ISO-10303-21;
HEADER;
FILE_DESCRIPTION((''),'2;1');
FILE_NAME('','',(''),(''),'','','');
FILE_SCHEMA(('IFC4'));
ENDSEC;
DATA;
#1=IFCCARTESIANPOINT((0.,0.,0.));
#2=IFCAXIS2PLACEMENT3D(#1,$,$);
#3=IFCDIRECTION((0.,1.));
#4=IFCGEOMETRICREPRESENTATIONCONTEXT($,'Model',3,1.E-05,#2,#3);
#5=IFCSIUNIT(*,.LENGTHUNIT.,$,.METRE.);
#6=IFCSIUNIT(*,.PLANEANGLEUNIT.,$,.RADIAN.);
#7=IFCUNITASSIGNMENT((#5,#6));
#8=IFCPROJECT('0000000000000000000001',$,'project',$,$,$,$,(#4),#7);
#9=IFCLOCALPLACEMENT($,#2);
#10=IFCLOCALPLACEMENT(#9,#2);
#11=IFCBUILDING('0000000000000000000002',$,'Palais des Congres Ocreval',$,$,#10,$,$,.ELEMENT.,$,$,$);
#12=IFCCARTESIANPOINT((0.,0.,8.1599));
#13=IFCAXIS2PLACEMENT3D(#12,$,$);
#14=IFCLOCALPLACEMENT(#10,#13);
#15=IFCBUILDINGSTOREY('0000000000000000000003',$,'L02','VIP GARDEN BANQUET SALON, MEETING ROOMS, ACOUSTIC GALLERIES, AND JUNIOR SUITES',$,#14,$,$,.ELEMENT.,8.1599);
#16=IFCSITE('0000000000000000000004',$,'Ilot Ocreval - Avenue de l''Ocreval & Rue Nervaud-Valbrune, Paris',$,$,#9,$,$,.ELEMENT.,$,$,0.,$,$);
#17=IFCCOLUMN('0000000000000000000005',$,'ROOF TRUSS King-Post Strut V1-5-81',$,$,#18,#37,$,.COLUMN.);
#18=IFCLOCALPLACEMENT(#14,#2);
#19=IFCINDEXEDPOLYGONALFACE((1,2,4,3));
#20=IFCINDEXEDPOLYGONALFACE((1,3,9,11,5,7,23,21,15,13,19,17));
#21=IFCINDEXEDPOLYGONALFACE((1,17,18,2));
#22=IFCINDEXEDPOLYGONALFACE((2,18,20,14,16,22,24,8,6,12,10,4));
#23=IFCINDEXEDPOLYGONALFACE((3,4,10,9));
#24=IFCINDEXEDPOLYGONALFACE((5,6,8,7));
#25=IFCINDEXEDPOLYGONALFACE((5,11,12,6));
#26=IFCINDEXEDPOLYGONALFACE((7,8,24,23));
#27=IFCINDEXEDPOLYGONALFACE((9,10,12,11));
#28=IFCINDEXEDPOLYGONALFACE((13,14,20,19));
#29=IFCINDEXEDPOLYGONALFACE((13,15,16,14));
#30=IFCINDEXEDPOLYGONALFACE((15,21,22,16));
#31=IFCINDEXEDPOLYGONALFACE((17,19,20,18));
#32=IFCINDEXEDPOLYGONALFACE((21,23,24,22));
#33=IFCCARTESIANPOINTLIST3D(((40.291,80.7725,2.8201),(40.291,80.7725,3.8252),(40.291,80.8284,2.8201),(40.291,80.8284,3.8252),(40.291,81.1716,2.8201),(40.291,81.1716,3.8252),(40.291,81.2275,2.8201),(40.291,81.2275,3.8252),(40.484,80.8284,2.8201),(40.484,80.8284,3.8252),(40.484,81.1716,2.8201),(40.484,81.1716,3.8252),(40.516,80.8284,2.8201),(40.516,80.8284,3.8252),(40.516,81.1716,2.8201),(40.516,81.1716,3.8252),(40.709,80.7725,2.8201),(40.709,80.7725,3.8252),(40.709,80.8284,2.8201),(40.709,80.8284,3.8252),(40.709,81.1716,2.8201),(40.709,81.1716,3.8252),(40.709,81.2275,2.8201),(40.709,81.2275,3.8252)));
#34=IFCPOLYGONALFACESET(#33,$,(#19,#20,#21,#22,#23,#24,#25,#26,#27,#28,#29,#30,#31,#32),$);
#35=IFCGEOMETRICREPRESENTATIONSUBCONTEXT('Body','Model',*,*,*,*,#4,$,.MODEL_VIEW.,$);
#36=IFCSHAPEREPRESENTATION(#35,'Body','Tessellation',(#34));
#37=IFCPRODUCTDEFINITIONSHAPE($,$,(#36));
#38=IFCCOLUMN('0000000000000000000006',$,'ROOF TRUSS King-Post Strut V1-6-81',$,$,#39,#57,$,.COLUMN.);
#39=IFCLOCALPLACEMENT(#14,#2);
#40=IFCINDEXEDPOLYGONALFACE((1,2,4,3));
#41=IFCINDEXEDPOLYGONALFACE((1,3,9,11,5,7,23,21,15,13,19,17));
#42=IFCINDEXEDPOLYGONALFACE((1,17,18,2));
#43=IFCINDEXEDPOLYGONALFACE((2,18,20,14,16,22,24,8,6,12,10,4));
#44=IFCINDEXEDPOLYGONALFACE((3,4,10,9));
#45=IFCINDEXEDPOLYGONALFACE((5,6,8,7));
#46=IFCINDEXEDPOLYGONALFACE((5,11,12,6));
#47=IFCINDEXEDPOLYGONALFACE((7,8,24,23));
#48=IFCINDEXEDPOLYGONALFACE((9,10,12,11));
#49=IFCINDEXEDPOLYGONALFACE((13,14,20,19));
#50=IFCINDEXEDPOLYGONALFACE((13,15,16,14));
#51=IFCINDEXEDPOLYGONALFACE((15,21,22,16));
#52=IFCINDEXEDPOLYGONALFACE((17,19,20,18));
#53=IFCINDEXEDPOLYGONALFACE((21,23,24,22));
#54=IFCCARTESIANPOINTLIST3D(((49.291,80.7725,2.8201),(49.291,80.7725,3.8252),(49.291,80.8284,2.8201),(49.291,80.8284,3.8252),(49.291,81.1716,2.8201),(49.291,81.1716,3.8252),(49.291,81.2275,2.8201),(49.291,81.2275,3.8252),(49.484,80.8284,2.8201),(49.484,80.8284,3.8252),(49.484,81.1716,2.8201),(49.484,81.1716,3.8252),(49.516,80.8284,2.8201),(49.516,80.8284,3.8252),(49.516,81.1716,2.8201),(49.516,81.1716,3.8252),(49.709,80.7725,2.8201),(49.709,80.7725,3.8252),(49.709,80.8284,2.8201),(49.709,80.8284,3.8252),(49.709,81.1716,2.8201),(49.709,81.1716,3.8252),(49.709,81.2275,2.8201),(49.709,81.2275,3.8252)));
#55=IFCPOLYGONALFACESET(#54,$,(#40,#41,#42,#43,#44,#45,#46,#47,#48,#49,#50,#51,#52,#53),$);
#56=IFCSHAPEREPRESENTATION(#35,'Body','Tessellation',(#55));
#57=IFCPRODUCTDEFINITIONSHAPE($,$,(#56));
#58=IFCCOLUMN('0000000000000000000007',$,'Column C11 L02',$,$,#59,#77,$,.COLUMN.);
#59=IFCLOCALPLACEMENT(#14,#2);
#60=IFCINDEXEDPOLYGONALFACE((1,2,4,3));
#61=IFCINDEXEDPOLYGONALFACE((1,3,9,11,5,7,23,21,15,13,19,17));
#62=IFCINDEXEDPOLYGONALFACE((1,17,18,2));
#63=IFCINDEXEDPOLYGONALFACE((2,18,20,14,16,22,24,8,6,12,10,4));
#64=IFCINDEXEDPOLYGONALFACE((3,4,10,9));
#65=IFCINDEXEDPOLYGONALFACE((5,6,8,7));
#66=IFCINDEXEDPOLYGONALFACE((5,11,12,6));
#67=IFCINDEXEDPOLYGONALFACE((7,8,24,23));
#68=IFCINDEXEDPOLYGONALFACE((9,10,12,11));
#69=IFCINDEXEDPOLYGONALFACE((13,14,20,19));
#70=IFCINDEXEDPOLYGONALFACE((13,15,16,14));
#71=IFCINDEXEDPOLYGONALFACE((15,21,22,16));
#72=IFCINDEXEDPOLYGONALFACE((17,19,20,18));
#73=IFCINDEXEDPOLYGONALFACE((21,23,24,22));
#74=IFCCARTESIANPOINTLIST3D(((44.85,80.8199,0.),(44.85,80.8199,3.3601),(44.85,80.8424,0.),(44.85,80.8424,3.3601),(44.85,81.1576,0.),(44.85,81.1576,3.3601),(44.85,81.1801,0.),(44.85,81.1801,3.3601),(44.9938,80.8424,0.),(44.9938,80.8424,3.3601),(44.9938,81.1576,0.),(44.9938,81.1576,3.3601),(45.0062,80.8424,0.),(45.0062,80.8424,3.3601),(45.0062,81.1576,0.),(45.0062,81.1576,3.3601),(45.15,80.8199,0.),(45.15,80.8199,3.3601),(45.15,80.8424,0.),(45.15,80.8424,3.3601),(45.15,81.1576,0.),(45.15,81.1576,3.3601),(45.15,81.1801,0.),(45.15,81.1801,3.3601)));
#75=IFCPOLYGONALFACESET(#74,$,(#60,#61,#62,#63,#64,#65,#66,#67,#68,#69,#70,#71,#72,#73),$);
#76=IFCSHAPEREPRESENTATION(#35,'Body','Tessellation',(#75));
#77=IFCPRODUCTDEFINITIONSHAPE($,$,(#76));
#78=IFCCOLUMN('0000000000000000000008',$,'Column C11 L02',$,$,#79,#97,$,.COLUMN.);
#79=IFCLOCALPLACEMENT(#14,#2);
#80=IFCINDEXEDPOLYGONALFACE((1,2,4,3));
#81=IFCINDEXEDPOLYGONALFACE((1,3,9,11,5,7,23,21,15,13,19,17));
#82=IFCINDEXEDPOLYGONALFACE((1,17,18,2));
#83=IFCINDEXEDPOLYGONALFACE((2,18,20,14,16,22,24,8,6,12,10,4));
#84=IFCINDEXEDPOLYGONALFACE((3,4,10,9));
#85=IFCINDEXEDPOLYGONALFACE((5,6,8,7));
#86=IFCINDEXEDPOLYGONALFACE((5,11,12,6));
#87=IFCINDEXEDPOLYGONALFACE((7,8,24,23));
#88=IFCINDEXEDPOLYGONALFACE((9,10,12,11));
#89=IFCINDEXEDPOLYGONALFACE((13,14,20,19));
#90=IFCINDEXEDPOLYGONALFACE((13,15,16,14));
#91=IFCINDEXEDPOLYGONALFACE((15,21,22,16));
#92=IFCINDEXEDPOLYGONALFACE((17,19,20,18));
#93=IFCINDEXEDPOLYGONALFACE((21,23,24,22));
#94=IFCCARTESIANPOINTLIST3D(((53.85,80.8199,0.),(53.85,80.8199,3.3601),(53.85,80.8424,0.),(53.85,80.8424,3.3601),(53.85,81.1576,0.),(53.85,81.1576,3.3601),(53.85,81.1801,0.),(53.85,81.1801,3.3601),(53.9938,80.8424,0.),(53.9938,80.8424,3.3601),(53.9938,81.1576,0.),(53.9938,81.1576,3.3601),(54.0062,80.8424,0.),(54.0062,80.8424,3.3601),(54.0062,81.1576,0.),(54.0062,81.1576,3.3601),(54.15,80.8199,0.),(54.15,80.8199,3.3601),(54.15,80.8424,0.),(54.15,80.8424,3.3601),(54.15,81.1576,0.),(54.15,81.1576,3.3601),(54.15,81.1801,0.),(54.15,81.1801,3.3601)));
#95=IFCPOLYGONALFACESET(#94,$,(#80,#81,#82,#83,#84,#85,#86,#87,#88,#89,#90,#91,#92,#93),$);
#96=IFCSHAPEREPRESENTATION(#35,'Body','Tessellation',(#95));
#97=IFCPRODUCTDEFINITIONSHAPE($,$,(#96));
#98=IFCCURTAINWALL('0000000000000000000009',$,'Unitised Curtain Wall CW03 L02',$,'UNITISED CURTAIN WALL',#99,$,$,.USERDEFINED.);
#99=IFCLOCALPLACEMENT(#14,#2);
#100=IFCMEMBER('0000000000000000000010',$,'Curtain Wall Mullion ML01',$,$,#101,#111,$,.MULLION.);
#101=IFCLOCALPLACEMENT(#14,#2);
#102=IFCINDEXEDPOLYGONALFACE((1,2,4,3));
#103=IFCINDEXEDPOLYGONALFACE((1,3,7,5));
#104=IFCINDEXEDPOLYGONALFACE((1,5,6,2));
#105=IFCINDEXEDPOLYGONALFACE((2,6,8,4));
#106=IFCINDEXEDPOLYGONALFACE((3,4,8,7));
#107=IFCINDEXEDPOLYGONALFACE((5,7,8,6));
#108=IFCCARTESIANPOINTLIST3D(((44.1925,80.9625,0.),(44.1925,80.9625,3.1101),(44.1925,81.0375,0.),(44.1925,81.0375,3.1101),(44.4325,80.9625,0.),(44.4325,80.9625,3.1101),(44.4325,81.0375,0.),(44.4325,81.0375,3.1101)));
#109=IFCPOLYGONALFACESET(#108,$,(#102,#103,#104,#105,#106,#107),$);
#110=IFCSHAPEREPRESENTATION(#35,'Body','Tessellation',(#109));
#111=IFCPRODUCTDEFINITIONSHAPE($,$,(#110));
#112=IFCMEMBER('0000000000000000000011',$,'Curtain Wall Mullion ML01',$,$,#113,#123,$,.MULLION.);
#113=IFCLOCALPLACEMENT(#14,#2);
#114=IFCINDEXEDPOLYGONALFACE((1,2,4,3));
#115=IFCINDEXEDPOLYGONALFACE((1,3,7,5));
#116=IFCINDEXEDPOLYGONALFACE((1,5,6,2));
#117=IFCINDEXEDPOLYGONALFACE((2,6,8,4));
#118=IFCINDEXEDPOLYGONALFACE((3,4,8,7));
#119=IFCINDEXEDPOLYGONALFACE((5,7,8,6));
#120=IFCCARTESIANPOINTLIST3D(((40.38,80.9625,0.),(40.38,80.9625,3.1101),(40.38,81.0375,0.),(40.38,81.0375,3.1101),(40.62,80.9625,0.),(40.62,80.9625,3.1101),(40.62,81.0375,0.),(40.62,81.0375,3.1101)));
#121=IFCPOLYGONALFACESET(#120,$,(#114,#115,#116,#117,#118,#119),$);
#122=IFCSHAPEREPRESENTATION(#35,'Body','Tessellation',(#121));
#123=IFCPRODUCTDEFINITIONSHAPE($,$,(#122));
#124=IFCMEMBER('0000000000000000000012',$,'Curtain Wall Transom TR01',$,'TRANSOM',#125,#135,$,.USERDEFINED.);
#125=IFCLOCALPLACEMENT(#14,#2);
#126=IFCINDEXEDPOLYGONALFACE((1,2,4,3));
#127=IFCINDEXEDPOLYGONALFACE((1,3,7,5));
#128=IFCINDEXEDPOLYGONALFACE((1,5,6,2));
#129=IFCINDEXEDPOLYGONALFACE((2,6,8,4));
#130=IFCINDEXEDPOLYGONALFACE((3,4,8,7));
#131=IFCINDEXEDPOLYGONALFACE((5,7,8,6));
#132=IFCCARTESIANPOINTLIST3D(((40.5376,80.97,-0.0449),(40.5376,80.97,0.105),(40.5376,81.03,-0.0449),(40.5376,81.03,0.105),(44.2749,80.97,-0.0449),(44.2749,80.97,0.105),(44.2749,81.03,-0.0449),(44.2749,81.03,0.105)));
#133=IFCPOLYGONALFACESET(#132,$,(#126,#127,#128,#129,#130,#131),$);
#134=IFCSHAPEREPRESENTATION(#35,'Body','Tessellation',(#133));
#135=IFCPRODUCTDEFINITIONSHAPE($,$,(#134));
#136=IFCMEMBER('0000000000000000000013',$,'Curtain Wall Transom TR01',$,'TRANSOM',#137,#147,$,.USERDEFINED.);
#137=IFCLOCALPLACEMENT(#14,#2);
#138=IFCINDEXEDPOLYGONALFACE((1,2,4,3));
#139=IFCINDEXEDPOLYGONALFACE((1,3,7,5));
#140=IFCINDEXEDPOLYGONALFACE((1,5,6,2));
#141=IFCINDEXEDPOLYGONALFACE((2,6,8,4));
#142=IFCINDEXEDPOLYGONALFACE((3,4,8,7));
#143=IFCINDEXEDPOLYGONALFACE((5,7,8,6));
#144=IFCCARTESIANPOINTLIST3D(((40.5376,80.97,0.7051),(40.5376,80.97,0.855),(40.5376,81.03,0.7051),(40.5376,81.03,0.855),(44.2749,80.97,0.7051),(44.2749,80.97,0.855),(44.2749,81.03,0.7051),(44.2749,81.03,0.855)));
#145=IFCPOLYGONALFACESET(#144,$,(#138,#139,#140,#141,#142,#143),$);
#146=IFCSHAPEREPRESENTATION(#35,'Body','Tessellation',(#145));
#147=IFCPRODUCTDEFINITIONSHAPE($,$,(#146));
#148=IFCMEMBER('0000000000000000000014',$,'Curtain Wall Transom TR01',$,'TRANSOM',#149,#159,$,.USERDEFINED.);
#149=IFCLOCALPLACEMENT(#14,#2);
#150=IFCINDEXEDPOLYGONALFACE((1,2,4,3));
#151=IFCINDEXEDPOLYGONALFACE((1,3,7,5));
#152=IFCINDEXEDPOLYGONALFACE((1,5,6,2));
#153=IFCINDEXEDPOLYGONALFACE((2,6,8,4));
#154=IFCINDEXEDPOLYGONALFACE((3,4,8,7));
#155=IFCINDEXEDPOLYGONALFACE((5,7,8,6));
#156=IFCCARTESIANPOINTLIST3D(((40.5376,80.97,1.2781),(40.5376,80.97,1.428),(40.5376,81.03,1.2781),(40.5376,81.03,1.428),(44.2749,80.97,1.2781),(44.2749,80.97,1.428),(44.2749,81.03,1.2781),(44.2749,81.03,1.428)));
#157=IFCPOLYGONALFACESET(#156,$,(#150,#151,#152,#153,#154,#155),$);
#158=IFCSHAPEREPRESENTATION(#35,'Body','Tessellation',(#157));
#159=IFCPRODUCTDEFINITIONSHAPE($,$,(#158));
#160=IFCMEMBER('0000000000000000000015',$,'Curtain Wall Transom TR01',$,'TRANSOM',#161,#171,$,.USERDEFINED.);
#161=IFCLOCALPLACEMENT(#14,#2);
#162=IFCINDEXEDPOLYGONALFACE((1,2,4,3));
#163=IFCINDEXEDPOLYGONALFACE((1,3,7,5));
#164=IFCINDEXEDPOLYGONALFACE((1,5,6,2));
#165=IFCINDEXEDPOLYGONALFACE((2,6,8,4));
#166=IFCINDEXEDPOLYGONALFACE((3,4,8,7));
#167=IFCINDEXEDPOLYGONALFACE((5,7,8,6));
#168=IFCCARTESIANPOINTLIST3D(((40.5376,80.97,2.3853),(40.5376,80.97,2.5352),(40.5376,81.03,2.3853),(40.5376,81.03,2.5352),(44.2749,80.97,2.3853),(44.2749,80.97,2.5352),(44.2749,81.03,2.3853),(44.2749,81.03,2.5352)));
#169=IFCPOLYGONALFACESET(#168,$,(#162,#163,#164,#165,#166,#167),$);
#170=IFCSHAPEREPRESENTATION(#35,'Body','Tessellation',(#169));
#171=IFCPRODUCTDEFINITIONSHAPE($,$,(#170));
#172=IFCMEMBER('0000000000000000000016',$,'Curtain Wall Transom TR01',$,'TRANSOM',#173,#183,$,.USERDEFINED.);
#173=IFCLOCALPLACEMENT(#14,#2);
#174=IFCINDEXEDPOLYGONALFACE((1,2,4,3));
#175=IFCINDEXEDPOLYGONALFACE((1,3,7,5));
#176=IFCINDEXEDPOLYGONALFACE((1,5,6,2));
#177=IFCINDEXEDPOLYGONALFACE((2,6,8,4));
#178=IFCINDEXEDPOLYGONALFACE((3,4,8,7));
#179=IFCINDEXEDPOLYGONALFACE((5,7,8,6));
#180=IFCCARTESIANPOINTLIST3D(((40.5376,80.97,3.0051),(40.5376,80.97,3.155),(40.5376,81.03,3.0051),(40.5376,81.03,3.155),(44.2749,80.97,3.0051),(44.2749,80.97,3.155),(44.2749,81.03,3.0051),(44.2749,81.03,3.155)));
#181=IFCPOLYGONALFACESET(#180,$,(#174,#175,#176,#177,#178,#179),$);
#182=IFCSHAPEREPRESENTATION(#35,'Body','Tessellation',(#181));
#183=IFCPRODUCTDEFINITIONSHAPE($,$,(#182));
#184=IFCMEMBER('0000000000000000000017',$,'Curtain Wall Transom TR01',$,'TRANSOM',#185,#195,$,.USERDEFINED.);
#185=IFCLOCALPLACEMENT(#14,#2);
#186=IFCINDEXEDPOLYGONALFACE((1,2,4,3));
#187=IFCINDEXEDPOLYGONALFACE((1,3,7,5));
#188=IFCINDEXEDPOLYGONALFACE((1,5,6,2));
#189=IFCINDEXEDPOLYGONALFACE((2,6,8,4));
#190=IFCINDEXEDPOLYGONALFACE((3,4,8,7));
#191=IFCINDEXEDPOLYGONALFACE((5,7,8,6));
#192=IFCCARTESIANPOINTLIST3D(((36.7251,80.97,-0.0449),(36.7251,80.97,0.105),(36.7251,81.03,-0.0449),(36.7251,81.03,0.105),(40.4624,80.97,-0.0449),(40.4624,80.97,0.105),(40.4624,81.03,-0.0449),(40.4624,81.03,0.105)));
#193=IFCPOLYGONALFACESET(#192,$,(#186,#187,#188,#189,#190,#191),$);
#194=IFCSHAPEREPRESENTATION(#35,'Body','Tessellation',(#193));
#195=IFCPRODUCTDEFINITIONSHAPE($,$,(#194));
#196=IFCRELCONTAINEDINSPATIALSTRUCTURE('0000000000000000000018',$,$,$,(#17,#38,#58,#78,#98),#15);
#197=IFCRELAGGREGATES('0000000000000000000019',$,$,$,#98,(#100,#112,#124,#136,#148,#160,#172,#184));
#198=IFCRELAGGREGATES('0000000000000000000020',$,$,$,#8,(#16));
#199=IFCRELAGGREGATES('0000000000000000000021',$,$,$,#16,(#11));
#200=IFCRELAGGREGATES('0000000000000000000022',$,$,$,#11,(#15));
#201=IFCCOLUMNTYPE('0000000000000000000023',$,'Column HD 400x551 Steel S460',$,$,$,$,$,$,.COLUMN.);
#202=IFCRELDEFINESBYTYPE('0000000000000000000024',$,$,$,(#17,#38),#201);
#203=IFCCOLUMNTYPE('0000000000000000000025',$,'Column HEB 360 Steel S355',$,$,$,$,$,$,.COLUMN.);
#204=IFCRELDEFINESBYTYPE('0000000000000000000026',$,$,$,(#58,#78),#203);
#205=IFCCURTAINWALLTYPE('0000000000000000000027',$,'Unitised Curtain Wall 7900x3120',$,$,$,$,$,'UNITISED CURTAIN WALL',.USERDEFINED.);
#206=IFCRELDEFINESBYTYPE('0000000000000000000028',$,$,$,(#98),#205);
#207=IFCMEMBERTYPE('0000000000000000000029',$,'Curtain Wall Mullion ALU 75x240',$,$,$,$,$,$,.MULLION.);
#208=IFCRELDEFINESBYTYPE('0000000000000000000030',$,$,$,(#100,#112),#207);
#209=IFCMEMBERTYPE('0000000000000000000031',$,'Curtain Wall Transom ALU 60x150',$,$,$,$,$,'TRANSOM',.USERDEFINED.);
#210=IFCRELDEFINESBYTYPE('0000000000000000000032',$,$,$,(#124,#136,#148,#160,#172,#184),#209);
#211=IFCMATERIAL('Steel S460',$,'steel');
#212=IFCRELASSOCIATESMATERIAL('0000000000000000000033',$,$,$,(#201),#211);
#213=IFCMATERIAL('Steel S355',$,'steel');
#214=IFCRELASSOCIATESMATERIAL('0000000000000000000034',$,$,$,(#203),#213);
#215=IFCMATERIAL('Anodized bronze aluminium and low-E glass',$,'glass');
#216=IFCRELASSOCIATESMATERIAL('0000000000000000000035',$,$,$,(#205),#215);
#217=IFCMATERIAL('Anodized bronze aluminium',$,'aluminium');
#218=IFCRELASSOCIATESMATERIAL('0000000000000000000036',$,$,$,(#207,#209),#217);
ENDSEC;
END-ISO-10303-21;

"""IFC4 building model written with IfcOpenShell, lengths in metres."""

from ifc_helpers import new_model, si_unit, direction, frame, origin, origin_2d, place, context, subcontext, project, spatial, rectangle, i_section, extrude, material, material_profile, profile_set, type_object, element, aggregate, save


model = new_model("IFC4")

# Units and contexts
model_context = context("Model", 3, precision=1e-05, world=origin(), true_north=direction((0.0, 1.0)))
body_context = subcontext(model_context, "Body", "Model", "MODEL_VIEW")
ifc_project = project(units=[si_unit("LENGTHUNIT", "METRE"), si_unit("PLANEANGLEUNIT", "RADIAN")], contexts=[model_context])

# Site, building, storey
site_placement = place(None, origin())
site = spatial("IfcSite", under=ifc_project, at=site_placement, Name="Ilot Ocreval - Avenue de l'Ocreval & Rue Nervaud-Valbrune, Paris", CompositionType="ELEMENT", RefElevation=0.0)
building_placement = place(site_placement, origin())
building = spatial("IfcBuilding", under=site, at=building_placement, Name="Palais des Congres Ocreval", CompositionType="ELEMENT")
storey_placement = place(building_placement, frame((0.0, 0.0, 8.1599)))
storey = spatial("IfcBuildingStorey", under=building, at=storey_placement, Name="L02", Description="VIP GARDEN BANQUET SALON, MEETING ROOMS, ACOUSTIC GALLERIES, AND JUNIOR SUITES", CompositionType="ELEMENT", Elevation=8.1599)

# Columns
ifc_material_1 = material(Name="Steel S460", Category="steel")
ifc_material_profile_1 = material_profile(ifc_material_1, i_section(OverallWidth=0.418, OverallDepth=0.4551, WebThickness=0.032, FlangeThickness=0.0559, at=origin_2d()), Name="HD 400x551")
ifc_profile_set_1 = profile_set([ifc_material_profile_1], Name="Steel S460")
column_type_1 = type_object("IfcColumnType", Name="Column HD 400x551 Steel S460", PredefinedType="COLUMN", material=ifc_profile_set_1)
for number, where, z_axis, x_axis, name in (
    (1, (40.5, 81.0, 2.8201), (0.0, 0.0, 1.0), (1.0, 0.0, 0.0), "ROOF TRUSS King-Post Strut V1-5-81"),
    (2, (49.5, 81.0, 2.8201), (0.0, 0.0, 1.0), (1.0, 0.0, 0.0), "ROOF TRUSS King-Post Strut V1-6-81"),
):
    element("IfcColumn", number, at=place(storey_placement, frame(where, z_axis=z_axis, x_axis=x_axis)), inside=storey, type_object=column_type_1, Name=name, PredefinedType="COLUMN", context=body_context, shape_type="SweptSolid", body=[
        extrude(i_section(OverallWidth=0.418, OverallDepth=0.4551, WebThickness=0.032, FlangeThickness=0.0559, at=origin_2d()), origin(), (0.0, 0.0, 1.0), 1.0051),
    ])
ifc_material_2 = material(Name="Steel S355", Category="steel")
ifc_material_profile_2 = material_profile(ifc_material_2, i_section(OverallWidth=0.3, OverallDepth=0.3601, WebThickness=0.0125, FlangeThickness=0.0225, at=origin_2d()), Name="HEB 360")
ifc_profile_set_2 = profile_set([ifc_material_profile_2], Name="Steel S355")
column_type_2 = type_object("IfcColumnType", Name="Column HEB 360 Steel S355", PredefinedType="COLUMN", material=ifc_profile_set_2)
for number, where, z_axis, x_axis, name in (
    (3, (45.0, 81.0, 0.0), (0.0, 0.0, 1.0), (1.0, 0.0, 0.0), "Column C11 L02"),
    (4, (54.0, 81.0, 0.0), (0.0, 0.0, 1.0), (1.0, 0.0, 0.0), "Column C11 L02"),
):
    element("IfcColumn", number, at=place(storey_placement, frame(where, z_axis=z_axis, x_axis=x_axis)), inside=storey, type_object=column_type_2, Name=name, PredefinedType="COLUMN", context=body_context, shape_type="SweptSolid", body=[
        extrude(i_section(OverallWidth=0.3, OverallDepth=0.3601, WebThickness=0.0125, FlangeThickness=0.0225, at=origin_2d()), origin(), (0.0, 0.0, 1.0), 3.3601),
    ])

# Curtain wall, members
ifc_material_3 = material(Name="Anodized bronze aluminium and low-E glass", Category="glass")
curtain_wall_type = type_object("IfcCurtainWallType", Name="Unitised Curtain Wall 7900x3120", ElementType="UNITISED CURTAIN WALL", PredefinedType="USERDEFINED", material=ifc_material_3)
curtain_wall_placement = place(storey_placement, origin())
curtain_wall = element("IfcCurtainWall", 5, at=curtain_wall_placement, inside=storey, type_object=curtain_wall_type, Name="Unitised Curtain Wall CW03 L02", ObjectType="UNITISED CURTAIN WALL", PredefinedType="USERDEFINED")
ifc_material_4 = material(Name="Anodized bronze aluminium", Category="aluminium")
ifc_material_profile_3 = material_profile(ifc_material_4, rectangle(XDim=0.075, YDim=0.24, at=origin_2d()), Name="ALU 75x240")
ifc_profile_set_3 = profile_set([ifc_material_profile_3], Name="Anodized bronze aluminium")
member_type_1 = type_object("IfcMemberType", Name="Curtain Wall Mullion ALU 75x240", PredefinedType="MULLION", material=ifc_profile_set_3)
member_1_placement = place(storey_placement, frame((44.3125, 81.0, 0.0), z_axis=(0.0, 0.0, 1.0), x_axis=(0.0, -1.0, 0.0)))
member_1 = element("IfcMember", 6, at=member_1_placement, type_object=member_type_1, Name="Curtain Wall Mullion ML01", PredefinedType="MULLION", context=body_context, shape_type="SweptSolid", body=[
    extrude(rectangle(XDim=0.075, YDim=0.24, at=origin_2d()), origin(), (0.0, 0.0, 1.0), 3.1101),
])
member_2_placement = place(storey_placement, frame((40.5, 81.0, 0.0), z_axis=(0.0, 0.0, 1.0), x_axis=(0.0, -1.0, 0.0)))
member_2 = element("IfcMember", 7, at=member_2_placement, type_object=member_type_1, Name="Curtain Wall Mullion ML01", PredefinedType="MULLION", context=body_context, shape_type="SweptSolid", body=[
    extrude(rectangle(XDim=0.075, YDim=0.24, at=origin_2d()), origin(), (0.0, 0.0, 1.0), 3.1101),
])
ifc_material_profile_4 = material_profile(ifc_material_4, rectangle(XDim=0.0601, YDim=0.1499, at=origin_2d()), Name="ALU 60x150")
ifc_profile_set_4 = profile_set([ifc_material_profile_4], Name="Anodized bronze aluminium")
member_type_2 = type_object("IfcMemberType", Name="Curtain Wall Transom ALU 60x150", ElementType="TRANSOM", PredefinedType="USERDEFINED", material=ifc_profile_set_4)
member_3_placement = place(storey_placement, frame((44.2749, 81.0, 0.03), z_axis=(-1.0, 0.0, 0.0), x_axis=(0.0, -1.0, 0.0)))
member_3 = element("IfcMember", 8, at=member_3_placement, type_object=member_type_2, Name="Curtain Wall Transom TR01", ObjectType="TRANSOM", PredefinedType="USERDEFINED", context=body_context, shape_type="SweptSolid", body=[
    extrude(rectangle(XDim=0.0601, YDim=0.1499, at=origin_2d()), origin(), (0.0, 0.0, 1.0), 3.7373),
])
member_4_placement = place(storey_placement, frame((44.2749, 81.0, 0.78), z_axis=(-1.0, 0.0, 0.0), x_axis=(0.0, -1.0, 0.0)))
member_4 = element("IfcMember", 9, at=member_4_placement, type_object=member_type_2, Name="Curtain Wall Transom TR01", ObjectType="TRANSOM", PredefinedType="USERDEFINED", context=body_context, shape_type="SweptSolid", body=[
    extrude(rectangle(XDim=0.0601, YDim=0.1499, at=origin_2d()), origin(), (0.0, 0.0, 1.0), 3.7373),
])
member_5_placement = place(storey_placement, frame((44.2749, 81.0, 1.353), z_axis=(-1.0, 0.0, 0.0), x_axis=(0.0, -1.0, 0.0)))
member_5 = element("IfcMember", 10, at=member_5_placement, type_object=member_type_2, Name="Curtain Wall Transom TR01", ObjectType="TRANSOM", PredefinedType="USERDEFINED", context=body_context, shape_type="SweptSolid", body=[
    extrude(rectangle(XDim=0.0601, YDim=0.1499, at=origin_2d()), origin(), (0.0, 0.0, 1.0), 3.7373),
])
member_6_placement = place(storey_placement, frame((44.2749, 81.0, 2.4602), z_axis=(-1.0, 0.0, 0.0), x_axis=(0.0, -1.0, 0.0)))
member_6 = element("IfcMember", 11, at=member_6_placement, type_object=member_type_2, Name="Curtain Wall Transom TR01", ObjectType="TRANSOM", PredefinedType="USERDEFINED", context=body_context, shape_type="SweptSolid", body=[
    extrude(rectangle(XDim=0.0601, YDim=0.1499, at=origin_2d()), origin(), (0.0, 0.0, 1.0), 3.7373),
])
member_7_placement = place(storey_placement, frame((44.2749, 81.0, 3.0801), z_axis=(-1.0, 0.0, 0.0), x_axis=(0.0, -1.0, 0.0)))
member_7 = element("IfcMember", 12, at=member_7_placement, type_object=member_type_2, Name="Curtain Wall Transom TR01", ObjectType="TRANSOM", PredefinedType="USERDEFINED", context=body_context, shape_type="SweptSolid", body=[
    extrude(rectangle(XDim=0.0601, YDim=0.1499, at=origin_2d()), origin(), (0.0, 0.0, 1.0), 3.7373),
])
member_8_placement = place(storey_placement, frame((40.4624, 81.0, 0.03), z_axis=(-1.0, 0.0, 0.0), x_axis=(0.0, -1.0, 0.0)))
member_8 = element("IfcMember", 13, at=member_8_placement, type_object=member_type_2, Name="Curtain Wall Transom TR01", ObjectType="TRANSOM", PredefinedType="USERDEFINED", context=body_context, shape_type="SweptSolid", body=[
    extrude(rectangle(XDim=0.0601, YDim=0.1499, at=origin_2d()), origin(), (0.0, 0.0, 1.0), 3.7373),
])

aggregate(curtain_wall, [member_1, member_2, member_3, member_4, member_5, member_6, member_7, member_8])

save(model, "model.ifc")
